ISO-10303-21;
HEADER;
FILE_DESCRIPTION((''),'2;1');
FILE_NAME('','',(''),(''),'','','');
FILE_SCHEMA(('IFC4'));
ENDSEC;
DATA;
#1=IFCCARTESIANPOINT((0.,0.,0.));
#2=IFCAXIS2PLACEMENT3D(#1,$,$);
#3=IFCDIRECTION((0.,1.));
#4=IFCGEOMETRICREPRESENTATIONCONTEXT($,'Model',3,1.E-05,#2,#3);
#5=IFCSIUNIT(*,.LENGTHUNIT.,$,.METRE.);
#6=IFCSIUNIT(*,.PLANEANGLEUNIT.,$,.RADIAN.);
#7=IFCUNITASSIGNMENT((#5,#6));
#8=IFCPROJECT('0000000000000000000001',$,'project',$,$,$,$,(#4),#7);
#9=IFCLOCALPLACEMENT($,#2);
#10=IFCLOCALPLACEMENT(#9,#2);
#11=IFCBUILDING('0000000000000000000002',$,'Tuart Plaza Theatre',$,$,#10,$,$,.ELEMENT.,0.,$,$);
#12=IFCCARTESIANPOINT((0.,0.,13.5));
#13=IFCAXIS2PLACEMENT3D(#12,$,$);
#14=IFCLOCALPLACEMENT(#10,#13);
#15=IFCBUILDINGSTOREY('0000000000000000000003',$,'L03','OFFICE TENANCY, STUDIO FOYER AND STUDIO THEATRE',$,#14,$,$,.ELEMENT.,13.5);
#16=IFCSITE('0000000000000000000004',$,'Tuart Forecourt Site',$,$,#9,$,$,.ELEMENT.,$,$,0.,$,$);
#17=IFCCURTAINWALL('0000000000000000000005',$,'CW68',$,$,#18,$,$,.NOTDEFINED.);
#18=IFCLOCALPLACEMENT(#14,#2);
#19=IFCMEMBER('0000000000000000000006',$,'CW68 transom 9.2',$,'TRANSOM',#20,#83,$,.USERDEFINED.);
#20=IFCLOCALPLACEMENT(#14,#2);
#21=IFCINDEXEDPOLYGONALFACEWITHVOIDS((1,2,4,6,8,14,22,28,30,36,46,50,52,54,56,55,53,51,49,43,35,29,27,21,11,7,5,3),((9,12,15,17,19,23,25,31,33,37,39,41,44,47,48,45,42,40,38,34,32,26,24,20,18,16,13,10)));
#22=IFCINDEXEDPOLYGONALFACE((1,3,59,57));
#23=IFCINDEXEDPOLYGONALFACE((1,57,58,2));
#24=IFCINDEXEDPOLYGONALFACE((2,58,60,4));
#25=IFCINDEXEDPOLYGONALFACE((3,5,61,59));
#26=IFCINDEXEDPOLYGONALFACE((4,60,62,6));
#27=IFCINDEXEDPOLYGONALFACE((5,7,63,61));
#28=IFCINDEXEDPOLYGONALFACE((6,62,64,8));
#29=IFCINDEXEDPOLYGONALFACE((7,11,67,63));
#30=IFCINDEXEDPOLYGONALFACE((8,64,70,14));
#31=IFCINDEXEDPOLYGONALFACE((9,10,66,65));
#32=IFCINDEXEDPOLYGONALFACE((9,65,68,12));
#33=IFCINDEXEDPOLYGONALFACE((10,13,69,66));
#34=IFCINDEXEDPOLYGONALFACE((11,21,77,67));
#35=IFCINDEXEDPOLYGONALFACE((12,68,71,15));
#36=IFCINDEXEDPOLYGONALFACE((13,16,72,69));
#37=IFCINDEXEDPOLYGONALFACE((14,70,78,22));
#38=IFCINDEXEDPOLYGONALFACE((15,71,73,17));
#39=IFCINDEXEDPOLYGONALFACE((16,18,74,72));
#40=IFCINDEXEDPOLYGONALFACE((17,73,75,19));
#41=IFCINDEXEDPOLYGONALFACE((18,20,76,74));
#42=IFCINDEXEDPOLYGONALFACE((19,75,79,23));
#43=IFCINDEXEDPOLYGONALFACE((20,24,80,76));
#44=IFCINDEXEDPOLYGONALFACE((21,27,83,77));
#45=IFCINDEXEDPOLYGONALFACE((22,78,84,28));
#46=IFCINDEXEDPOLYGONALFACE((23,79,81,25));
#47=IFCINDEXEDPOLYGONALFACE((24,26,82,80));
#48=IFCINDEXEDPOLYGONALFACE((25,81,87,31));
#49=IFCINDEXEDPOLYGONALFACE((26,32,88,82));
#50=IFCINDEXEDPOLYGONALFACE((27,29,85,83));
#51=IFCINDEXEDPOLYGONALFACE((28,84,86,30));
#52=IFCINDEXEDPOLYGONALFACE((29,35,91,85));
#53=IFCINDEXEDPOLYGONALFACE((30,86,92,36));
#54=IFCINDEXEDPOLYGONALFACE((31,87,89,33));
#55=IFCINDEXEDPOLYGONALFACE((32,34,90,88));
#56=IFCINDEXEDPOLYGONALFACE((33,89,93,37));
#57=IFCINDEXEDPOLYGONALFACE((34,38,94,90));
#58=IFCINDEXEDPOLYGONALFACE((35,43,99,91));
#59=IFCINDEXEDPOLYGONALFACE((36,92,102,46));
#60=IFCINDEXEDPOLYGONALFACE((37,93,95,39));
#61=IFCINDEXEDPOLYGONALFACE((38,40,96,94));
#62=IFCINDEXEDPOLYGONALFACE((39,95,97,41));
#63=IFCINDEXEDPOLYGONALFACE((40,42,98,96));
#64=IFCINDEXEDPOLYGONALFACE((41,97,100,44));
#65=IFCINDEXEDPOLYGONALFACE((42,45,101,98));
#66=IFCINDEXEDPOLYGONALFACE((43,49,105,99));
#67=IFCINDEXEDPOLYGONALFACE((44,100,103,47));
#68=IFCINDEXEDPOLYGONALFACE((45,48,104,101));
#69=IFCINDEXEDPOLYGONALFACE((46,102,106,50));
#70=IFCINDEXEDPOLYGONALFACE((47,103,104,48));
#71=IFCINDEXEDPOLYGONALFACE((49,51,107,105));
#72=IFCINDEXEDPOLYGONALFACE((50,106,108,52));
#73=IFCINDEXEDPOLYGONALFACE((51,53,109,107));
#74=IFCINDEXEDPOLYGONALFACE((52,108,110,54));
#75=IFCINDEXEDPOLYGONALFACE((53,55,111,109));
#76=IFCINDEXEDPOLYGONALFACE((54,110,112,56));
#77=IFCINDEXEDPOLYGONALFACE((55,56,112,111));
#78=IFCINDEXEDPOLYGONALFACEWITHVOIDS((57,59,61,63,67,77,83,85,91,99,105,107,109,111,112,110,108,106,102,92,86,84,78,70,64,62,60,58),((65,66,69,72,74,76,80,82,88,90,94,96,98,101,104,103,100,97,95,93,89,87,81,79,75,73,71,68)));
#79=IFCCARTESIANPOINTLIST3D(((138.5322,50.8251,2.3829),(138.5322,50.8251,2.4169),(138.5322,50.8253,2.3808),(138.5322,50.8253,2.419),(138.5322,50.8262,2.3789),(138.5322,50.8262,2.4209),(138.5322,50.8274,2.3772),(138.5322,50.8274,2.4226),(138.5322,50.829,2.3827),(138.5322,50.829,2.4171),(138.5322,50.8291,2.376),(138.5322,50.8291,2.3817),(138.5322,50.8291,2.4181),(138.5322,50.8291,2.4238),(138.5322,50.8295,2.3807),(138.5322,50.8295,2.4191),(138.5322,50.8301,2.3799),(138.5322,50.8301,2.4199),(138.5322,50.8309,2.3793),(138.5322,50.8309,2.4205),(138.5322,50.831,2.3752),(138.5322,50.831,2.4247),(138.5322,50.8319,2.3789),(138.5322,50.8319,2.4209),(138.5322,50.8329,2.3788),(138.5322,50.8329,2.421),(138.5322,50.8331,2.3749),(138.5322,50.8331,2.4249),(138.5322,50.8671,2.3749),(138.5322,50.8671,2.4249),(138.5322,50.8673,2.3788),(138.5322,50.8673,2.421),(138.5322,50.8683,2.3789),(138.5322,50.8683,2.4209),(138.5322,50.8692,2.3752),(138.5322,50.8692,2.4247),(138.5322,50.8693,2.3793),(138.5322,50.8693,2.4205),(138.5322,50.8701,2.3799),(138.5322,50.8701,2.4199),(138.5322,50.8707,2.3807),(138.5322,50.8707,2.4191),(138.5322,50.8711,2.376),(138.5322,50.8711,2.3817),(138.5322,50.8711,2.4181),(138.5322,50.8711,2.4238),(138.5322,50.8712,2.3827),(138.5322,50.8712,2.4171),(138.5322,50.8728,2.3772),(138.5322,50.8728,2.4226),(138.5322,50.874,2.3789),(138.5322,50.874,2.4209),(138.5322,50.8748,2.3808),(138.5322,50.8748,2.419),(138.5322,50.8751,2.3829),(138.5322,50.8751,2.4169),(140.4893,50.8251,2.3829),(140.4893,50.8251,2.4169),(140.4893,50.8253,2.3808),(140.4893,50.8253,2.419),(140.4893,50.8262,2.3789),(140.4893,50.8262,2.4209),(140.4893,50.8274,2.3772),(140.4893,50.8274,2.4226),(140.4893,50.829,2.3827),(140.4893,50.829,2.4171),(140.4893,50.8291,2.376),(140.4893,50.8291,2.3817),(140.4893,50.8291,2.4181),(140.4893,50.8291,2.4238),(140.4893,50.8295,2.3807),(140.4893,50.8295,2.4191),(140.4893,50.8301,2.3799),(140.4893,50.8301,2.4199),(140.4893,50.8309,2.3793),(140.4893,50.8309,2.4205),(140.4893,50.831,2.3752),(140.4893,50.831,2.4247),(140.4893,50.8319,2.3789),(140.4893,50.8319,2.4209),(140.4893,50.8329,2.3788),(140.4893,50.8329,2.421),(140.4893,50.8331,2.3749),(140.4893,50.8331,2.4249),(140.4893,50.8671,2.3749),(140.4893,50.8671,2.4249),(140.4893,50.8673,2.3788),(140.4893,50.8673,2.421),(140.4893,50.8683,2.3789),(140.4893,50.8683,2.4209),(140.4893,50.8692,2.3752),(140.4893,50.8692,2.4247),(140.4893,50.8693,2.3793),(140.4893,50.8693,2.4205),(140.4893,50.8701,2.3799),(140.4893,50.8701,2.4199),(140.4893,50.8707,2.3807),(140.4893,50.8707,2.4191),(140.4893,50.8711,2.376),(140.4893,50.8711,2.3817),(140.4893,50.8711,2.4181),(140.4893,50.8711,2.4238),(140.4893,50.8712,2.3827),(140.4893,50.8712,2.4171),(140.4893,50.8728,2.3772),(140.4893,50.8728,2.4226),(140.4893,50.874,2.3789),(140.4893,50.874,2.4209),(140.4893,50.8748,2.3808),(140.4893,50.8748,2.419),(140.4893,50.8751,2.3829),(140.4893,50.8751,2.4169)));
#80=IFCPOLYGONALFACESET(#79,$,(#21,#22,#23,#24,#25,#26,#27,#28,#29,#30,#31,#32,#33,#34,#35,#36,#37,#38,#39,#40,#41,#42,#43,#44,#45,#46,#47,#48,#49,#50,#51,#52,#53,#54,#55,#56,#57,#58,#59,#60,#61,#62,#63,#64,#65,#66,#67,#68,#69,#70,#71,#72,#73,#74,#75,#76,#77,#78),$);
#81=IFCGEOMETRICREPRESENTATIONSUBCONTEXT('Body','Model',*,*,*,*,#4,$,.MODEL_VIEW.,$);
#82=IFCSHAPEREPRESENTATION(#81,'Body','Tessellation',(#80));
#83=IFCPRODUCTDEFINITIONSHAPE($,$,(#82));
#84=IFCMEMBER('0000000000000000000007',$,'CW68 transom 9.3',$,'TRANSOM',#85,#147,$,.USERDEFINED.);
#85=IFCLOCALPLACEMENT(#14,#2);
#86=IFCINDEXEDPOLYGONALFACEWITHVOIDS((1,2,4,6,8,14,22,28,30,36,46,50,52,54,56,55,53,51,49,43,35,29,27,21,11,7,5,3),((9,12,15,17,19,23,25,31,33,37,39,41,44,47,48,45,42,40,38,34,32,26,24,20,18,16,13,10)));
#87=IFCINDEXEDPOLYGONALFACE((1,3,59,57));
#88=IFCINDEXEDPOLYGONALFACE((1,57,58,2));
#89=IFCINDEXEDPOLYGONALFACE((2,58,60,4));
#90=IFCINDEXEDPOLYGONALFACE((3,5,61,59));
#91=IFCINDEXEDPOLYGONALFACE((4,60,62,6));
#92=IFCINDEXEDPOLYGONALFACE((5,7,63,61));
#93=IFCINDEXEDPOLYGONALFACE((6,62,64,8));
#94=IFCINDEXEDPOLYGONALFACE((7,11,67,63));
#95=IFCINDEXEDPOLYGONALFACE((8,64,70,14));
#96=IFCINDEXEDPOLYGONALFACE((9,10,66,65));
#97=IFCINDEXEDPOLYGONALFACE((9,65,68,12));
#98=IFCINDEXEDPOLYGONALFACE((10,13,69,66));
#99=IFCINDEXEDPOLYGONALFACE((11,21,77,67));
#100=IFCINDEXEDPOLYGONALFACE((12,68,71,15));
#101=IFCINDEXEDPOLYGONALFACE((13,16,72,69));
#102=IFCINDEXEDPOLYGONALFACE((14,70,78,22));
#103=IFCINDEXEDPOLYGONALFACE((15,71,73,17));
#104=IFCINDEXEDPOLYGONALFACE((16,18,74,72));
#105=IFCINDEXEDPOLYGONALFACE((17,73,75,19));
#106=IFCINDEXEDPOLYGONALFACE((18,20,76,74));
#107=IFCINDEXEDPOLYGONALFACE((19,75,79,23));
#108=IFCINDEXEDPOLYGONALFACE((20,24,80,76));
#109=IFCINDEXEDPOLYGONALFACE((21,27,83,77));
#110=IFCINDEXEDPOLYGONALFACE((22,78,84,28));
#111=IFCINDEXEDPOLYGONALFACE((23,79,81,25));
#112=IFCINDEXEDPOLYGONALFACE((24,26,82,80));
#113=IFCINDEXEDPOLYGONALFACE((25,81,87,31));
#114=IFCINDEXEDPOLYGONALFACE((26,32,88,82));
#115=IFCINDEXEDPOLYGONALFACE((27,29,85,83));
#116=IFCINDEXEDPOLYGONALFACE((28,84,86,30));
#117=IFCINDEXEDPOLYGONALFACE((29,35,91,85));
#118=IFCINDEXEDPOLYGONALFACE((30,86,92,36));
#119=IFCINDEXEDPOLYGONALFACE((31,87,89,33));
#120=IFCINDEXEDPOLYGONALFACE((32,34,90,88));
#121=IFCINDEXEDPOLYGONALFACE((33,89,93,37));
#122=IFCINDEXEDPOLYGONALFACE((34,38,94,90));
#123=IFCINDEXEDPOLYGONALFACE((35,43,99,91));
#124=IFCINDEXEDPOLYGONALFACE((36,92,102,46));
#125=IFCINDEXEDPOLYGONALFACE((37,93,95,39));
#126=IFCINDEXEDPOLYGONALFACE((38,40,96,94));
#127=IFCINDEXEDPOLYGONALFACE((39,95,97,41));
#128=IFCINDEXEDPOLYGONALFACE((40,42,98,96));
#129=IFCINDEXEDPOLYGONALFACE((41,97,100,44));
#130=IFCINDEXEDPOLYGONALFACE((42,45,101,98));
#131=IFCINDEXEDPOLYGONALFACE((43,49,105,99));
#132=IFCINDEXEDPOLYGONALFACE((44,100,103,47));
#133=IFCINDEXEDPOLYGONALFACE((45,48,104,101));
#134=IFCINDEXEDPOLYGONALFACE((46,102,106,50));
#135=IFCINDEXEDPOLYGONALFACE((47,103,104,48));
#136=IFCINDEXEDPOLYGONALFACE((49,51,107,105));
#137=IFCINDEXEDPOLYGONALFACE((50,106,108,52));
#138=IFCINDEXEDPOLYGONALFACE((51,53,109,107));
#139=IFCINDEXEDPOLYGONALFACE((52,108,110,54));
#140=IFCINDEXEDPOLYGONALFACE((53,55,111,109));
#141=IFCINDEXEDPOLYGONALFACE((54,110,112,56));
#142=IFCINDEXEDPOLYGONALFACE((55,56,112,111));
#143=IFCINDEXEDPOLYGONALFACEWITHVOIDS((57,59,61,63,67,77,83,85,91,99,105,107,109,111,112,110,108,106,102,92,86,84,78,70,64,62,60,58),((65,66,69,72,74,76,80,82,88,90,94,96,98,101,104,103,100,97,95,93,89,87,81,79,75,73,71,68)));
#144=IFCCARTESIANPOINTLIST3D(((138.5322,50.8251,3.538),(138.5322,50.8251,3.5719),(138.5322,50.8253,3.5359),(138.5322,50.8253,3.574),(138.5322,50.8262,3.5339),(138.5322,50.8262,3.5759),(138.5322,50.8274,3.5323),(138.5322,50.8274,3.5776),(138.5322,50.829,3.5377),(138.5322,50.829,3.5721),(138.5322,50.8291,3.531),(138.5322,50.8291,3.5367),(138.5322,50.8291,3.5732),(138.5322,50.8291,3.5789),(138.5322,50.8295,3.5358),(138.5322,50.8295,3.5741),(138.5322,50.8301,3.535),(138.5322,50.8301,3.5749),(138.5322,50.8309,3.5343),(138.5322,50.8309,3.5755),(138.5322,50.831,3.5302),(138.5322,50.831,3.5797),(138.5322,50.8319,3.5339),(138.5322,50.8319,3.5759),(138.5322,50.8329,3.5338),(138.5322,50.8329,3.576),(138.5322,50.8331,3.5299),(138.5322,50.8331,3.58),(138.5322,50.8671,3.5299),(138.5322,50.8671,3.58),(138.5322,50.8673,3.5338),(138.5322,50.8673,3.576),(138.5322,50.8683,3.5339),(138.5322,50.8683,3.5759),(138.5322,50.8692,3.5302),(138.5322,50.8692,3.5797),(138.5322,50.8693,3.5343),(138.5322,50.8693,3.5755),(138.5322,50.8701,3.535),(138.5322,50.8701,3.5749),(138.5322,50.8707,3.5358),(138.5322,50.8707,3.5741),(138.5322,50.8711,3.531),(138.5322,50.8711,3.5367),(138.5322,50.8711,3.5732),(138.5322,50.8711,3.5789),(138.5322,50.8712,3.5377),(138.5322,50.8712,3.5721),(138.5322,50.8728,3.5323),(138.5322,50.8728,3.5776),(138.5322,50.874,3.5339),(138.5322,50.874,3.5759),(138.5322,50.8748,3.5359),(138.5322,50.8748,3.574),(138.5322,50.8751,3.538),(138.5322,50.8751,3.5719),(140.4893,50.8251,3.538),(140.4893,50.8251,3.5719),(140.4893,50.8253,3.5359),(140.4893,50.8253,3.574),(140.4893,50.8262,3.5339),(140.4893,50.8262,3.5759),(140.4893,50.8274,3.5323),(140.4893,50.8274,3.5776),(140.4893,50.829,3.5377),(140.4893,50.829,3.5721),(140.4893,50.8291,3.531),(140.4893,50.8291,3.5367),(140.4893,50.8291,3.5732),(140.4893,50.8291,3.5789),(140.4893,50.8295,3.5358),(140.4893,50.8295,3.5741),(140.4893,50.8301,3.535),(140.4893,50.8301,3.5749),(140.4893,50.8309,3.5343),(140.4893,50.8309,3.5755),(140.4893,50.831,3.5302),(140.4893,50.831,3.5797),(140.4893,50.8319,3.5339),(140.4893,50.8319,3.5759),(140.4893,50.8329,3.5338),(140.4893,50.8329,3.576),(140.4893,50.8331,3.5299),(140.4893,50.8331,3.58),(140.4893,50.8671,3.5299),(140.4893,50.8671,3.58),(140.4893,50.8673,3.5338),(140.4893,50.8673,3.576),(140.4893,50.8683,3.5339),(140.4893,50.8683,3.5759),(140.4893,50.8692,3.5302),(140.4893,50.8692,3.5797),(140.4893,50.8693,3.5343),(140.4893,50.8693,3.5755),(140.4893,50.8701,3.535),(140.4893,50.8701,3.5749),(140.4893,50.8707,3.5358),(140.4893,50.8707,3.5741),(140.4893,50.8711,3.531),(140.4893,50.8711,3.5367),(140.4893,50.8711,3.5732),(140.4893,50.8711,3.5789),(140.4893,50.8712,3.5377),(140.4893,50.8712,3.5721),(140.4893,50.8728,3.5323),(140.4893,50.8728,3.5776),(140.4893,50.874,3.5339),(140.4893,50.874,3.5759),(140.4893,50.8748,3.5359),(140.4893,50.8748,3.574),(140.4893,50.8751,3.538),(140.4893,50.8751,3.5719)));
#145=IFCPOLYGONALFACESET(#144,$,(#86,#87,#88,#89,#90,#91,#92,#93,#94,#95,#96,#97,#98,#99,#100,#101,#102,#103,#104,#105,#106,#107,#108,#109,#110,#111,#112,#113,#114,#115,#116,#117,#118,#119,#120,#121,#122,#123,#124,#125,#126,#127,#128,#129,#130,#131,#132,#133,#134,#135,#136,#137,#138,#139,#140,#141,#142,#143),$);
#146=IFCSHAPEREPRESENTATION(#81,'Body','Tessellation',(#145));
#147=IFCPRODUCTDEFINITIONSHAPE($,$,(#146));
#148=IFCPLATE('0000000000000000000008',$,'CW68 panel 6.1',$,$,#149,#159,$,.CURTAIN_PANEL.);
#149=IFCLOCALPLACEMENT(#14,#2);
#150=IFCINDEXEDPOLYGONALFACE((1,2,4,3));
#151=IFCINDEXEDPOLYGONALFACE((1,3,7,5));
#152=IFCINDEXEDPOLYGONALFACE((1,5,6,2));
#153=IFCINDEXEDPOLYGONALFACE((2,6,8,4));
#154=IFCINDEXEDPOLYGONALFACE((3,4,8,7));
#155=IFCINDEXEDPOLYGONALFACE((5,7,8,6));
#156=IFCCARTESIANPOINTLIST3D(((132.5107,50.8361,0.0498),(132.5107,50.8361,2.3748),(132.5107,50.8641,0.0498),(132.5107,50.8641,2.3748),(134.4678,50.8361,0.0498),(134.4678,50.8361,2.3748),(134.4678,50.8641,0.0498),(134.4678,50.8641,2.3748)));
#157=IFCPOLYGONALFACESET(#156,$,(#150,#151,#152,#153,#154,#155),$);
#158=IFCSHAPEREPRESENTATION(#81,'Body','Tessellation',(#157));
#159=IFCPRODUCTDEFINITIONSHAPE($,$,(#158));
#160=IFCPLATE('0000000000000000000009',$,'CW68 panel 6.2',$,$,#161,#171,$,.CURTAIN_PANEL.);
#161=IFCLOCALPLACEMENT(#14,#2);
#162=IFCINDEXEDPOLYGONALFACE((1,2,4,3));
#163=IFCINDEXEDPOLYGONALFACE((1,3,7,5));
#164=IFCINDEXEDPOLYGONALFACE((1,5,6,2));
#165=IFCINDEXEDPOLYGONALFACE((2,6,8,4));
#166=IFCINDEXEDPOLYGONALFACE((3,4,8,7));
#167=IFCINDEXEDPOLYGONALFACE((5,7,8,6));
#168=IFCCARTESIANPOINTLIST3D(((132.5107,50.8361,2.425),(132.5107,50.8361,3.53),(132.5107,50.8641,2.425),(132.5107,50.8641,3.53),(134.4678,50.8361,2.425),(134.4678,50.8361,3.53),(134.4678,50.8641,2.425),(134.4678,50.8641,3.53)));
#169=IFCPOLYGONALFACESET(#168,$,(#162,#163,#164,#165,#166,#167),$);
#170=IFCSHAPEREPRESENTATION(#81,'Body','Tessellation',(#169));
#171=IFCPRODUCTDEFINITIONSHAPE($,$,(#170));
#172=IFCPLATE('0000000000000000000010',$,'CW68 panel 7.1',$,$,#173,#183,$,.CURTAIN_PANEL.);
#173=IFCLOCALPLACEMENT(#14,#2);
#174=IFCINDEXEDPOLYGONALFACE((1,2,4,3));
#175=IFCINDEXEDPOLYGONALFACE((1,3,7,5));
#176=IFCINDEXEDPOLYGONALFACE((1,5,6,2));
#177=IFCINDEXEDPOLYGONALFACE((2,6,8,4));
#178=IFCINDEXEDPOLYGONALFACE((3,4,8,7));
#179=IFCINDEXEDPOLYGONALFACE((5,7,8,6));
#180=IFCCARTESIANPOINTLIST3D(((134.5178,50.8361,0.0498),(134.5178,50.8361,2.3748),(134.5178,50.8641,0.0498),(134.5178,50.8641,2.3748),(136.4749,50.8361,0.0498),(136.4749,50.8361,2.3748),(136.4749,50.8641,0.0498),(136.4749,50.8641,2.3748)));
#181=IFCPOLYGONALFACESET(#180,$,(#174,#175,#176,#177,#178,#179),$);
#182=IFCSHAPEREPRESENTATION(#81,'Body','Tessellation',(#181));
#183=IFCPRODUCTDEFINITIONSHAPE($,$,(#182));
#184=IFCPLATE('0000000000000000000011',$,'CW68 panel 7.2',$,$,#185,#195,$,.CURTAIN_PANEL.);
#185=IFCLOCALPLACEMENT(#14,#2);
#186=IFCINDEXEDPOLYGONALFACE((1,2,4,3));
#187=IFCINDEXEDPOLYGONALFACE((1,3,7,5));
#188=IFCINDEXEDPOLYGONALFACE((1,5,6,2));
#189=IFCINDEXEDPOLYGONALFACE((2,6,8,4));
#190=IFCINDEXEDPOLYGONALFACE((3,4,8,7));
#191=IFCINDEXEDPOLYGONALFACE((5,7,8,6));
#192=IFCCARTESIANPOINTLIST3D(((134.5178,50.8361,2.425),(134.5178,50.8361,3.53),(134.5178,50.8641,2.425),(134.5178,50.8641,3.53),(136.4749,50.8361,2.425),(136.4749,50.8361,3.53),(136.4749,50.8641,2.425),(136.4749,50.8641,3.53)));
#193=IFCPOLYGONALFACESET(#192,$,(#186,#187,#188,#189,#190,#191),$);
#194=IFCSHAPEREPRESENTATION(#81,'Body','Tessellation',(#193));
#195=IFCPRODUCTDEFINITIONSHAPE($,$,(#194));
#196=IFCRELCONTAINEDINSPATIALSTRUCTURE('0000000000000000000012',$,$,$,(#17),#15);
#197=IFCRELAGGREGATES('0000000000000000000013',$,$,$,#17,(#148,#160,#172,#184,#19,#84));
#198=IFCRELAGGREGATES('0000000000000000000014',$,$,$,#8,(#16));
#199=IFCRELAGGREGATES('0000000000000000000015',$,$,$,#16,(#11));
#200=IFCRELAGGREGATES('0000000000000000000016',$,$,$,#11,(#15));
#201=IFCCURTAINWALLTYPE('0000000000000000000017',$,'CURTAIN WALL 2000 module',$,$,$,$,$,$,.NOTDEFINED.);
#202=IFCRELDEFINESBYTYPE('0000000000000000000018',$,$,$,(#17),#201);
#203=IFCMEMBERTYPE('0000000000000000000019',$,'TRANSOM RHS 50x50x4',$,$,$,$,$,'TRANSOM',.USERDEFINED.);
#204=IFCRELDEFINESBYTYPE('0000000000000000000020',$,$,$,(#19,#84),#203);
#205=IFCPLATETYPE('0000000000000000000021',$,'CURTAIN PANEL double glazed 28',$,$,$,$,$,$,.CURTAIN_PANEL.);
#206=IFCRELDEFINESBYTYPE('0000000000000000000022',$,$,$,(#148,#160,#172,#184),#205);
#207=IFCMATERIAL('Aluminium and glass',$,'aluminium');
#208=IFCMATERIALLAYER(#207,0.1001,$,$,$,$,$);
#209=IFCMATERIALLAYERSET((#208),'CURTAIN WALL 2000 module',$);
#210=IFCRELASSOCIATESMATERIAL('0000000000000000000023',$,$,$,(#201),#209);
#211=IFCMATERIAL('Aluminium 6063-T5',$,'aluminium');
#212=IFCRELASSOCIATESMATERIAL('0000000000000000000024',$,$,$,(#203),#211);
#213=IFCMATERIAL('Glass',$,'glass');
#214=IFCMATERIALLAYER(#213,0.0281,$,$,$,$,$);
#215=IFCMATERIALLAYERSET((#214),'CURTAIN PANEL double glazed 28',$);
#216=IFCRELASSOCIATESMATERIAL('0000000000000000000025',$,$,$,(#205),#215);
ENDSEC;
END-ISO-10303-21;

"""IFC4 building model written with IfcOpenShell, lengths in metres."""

from ifc_helpers import new_model, si_unit, direction, frame, origin, origin_2d, place, context, subcontext, project, spatial, rectangle, hollow_rectangle, extrude, material, layer, layer_set, material_profile, profile_set, type_object, element, aggregate, save


model = new_model("IFC4")

# Units and contexts
model_context = context("Model", 3, precision=1e-05, world=origin(), true_north=direction((0.0, 1.0)))
body_context = subcontext(model_context, "Body", "Model", "MODEL_VIEW")
ifc_project = project(units=[si_unit("LENGTHUNIT", "METRE"), si_unit("PLANEANGLEUNIT", "RADIAN")], contexts=[model_context])

# Site, building, storey
site_placement = place(None, origin())
site = spatial("IfcSite", under=ifc_project, at=site_placement, Name="Tuart Forecourt Site", CompositionType="ELEMENT", RefElevation=0.0)
building_placement = place(site_placement, origin())
building = spatial("IfcBuilding", under=site, at=building_placement, Name="Tuart Plaza Theatre", CompositionType="ELEMENT", ElevationOfRefHeight=0.0)
storey_placement = place(building_placement, frame((0.0, 0.0, 13.5)))
storey = spatial("IfcBuildingStorey", under=building, at=storey_placement, Name="L03", Description="OFFICE TENANCY, STUDIO FOYER AND STUDIO THEATRE", CompositionType="ELEMENT", Elevation=13.5)

# Curtain wall, members, plates
ifc_material_1 = material(Name="Aluminium and glass", Category="aluminium")
ifc_layer_1 = layer(ifc_material_1, 0.1001)
ifc_layer_set_1 = layer_set([ifc_layer_1], Name="CURTAIN WALL 2000 module")
curtain_wall_type = type_object("IfcCurtainWallType", Name="CURTAIN WALL 2000 module", PredefinedType="NOTDEFINED", material=ifc_layer_set_1)
curtain_wall_placement = place(storey_placement, origin())
curtain_wall = element("IfcCurtainWall", 1, at=curtain_wall_placement, inside=storey, type_object=curtain_wall_type, Name="CW68", PredefinedType="NOTDEFINED")
ifc_material_2 = material(Name="Aluminium 6063-T5", Category="aluminium")
ifc_material_profile_1 = material_profile(ifc_material_2, hollow_rectangle(XDim=0.05, YDim=0.05, WallThickness=0.0039, InnerFilletRadius=0.0039, OuterFilletRadius=0.0081, at=origin_2d()), Name="RHS 50x50x4")
ifc_profile_set_1 = profile_set([ifc_material_profile_1], Name="Aluminium 6063-T5")
member_type_1 = type_object("IfcMemberType", Name="TRANSOM RHS 50x50x4", ElementType="TRANSOM", PredefinedType="USERDEFINED", material=ifc_profile_set_1)
member_1_placement = place(storey_placement, frame((138.5322, 50.8501, 2.3999), z_axis=(1.0, 0.0, 0.0), x_axis=(0.0, 1.0, 0.0)))
member_1 = element("IfcMember", 2, at=member_1_placement, type_object=member_type_1, Name="CW68 transom 9.2", ObjectType="TRANSOM", PredefinedType="USERDEFINED", context=body_context, shape_type="SweptSolid", body=[
    extrude(hollow_rectangle(XDim=0.05, YDim=0.05, WallThickness=0.0039, InnerFilletRadius=0.0039, OuterFilletRadius=0.0081, at=origin_2d()), origin(), (0.0, 0.0, 1.0), 1.957),
])
member_2_placement = place(storey_placement, frame((138.5322, 50.8501, 3.5549), z_axis=(1.0, 0.0, 0.0), x_axis=(0.0, 1.0, 0.0)))
member_2 = element("IfcMember", 3, at=member_2_placement, type_object=member_type_1, Name="CW68 transom 9.3", ObjectType="TRANSOM", PredefinedType="USERDEFINED", context=body_context, shape_type="SweptSolid", body=[
    extrude(hollow_rectangle(XDim=0.05, YDim=0.05, WallThickness=0.0039, InnerFilletRadius=0.0039, OuterFilletRadius=0.0081, at=origin_2d()), origin(), (0.0, 0.0, 1.0), 1.957),
])
ifc_material_3 = material(Name="Glass", Category="glass")
ifc_layer_2 = layer(ifc_material_3, 0.0281)
ifc_layer_set_2 = layer_set([ifc_layer_2], Name="CURTAIN PANEL double glazed 28")
plate_type = type_object("IfcPlateType", Name="CURTAIN PANEL double glazed 28", PredefinedType="CURTAIN_PANEL", material=ifc_layer_set_2)
plate_1_placement = place(storey_placement, frame((133.4893, 50.8501, 0.0498), z_axis=(0.0, 0.0, 1.0), x_axis=(1.0, 0.0, 0.0)))
plate_1 = element("IfcPlate", 4, at=plate_1_placement, type_object=plate_type, Name="CW68 panel 6.1", PredefinedType="CURTAIN_PANEL", context=body_context, shape_type="SweptSolid", body=[
    extrude(rectangle(XDim=1.957, YDim=0.0281, at=origin_2d()), origin(), (0.0, 0.0, 1.0), 2.325),
])
plate_2_placement = place(storey_placement, frame((133.4893, 50.8501, 2.425), z_axis=(0.0, 0.0, 1.0), x_axis=(1.0, 0.0, 0.0)))
plate_2 = element("IfcPlate", 5, at=plate_2_placement, type_object=plate_type, Name="CW68 panel 6.2", PredefinedType="CURTAIN_PANEL", context=body_context, shape_type="SweptSolid", body=[
    extrude(rectangle(XDim=1.957, YDim=0.0281, at=origin_2d()), origin(), (0.0, 0.0, 1.0), 1.105),
])
plate_3_placement = place(storey_placement, frame((135.4963, 50.8501, 0.0498), z_axis=(0.0, 0.0, 1.0), x_axis=(1.0, 0.0, 0.0)))
plate_3 = element("IfcPlate", 6, at=plate_3_placement, type_object=plate_type, Name="CW68 panel 7.1", PredefinedType="CURTAIN_PANEL", context=body_context, shape_type="SweptSolid", body=[
    extrude(rectangle(XDim=1.957, YDim=0.0281, at=origin_2d()), origin(), (0.0, 0.0, 1.0), 2.325),
])
plate_4_placement = place(storey_placement, frame((135.4963, 50.8501, 2.425), z_axis=(0.0, 0.0, 1.0), x_axis=(1.0, 0.0, 0.0)))
plate_4 = element("IfcPlate", 7, at=plate_4_placement, type_object=plate_type, Name="CW68 panel 7.2", PredefinedType="CURTAIN_PANEL", context=body_context, shape_type="SweptSolid", body=[
    extrude(rectangle(XDim=1.957, YDim=0.0281, at=origin_2d()), origin(), (0.0, 0.0, 1.0), 1.105),
])
aggregate(curtain_wall, [plate_1, plate_2, plate_3, plate_4, member_1, member_2])

save(model, "model.ifc")
